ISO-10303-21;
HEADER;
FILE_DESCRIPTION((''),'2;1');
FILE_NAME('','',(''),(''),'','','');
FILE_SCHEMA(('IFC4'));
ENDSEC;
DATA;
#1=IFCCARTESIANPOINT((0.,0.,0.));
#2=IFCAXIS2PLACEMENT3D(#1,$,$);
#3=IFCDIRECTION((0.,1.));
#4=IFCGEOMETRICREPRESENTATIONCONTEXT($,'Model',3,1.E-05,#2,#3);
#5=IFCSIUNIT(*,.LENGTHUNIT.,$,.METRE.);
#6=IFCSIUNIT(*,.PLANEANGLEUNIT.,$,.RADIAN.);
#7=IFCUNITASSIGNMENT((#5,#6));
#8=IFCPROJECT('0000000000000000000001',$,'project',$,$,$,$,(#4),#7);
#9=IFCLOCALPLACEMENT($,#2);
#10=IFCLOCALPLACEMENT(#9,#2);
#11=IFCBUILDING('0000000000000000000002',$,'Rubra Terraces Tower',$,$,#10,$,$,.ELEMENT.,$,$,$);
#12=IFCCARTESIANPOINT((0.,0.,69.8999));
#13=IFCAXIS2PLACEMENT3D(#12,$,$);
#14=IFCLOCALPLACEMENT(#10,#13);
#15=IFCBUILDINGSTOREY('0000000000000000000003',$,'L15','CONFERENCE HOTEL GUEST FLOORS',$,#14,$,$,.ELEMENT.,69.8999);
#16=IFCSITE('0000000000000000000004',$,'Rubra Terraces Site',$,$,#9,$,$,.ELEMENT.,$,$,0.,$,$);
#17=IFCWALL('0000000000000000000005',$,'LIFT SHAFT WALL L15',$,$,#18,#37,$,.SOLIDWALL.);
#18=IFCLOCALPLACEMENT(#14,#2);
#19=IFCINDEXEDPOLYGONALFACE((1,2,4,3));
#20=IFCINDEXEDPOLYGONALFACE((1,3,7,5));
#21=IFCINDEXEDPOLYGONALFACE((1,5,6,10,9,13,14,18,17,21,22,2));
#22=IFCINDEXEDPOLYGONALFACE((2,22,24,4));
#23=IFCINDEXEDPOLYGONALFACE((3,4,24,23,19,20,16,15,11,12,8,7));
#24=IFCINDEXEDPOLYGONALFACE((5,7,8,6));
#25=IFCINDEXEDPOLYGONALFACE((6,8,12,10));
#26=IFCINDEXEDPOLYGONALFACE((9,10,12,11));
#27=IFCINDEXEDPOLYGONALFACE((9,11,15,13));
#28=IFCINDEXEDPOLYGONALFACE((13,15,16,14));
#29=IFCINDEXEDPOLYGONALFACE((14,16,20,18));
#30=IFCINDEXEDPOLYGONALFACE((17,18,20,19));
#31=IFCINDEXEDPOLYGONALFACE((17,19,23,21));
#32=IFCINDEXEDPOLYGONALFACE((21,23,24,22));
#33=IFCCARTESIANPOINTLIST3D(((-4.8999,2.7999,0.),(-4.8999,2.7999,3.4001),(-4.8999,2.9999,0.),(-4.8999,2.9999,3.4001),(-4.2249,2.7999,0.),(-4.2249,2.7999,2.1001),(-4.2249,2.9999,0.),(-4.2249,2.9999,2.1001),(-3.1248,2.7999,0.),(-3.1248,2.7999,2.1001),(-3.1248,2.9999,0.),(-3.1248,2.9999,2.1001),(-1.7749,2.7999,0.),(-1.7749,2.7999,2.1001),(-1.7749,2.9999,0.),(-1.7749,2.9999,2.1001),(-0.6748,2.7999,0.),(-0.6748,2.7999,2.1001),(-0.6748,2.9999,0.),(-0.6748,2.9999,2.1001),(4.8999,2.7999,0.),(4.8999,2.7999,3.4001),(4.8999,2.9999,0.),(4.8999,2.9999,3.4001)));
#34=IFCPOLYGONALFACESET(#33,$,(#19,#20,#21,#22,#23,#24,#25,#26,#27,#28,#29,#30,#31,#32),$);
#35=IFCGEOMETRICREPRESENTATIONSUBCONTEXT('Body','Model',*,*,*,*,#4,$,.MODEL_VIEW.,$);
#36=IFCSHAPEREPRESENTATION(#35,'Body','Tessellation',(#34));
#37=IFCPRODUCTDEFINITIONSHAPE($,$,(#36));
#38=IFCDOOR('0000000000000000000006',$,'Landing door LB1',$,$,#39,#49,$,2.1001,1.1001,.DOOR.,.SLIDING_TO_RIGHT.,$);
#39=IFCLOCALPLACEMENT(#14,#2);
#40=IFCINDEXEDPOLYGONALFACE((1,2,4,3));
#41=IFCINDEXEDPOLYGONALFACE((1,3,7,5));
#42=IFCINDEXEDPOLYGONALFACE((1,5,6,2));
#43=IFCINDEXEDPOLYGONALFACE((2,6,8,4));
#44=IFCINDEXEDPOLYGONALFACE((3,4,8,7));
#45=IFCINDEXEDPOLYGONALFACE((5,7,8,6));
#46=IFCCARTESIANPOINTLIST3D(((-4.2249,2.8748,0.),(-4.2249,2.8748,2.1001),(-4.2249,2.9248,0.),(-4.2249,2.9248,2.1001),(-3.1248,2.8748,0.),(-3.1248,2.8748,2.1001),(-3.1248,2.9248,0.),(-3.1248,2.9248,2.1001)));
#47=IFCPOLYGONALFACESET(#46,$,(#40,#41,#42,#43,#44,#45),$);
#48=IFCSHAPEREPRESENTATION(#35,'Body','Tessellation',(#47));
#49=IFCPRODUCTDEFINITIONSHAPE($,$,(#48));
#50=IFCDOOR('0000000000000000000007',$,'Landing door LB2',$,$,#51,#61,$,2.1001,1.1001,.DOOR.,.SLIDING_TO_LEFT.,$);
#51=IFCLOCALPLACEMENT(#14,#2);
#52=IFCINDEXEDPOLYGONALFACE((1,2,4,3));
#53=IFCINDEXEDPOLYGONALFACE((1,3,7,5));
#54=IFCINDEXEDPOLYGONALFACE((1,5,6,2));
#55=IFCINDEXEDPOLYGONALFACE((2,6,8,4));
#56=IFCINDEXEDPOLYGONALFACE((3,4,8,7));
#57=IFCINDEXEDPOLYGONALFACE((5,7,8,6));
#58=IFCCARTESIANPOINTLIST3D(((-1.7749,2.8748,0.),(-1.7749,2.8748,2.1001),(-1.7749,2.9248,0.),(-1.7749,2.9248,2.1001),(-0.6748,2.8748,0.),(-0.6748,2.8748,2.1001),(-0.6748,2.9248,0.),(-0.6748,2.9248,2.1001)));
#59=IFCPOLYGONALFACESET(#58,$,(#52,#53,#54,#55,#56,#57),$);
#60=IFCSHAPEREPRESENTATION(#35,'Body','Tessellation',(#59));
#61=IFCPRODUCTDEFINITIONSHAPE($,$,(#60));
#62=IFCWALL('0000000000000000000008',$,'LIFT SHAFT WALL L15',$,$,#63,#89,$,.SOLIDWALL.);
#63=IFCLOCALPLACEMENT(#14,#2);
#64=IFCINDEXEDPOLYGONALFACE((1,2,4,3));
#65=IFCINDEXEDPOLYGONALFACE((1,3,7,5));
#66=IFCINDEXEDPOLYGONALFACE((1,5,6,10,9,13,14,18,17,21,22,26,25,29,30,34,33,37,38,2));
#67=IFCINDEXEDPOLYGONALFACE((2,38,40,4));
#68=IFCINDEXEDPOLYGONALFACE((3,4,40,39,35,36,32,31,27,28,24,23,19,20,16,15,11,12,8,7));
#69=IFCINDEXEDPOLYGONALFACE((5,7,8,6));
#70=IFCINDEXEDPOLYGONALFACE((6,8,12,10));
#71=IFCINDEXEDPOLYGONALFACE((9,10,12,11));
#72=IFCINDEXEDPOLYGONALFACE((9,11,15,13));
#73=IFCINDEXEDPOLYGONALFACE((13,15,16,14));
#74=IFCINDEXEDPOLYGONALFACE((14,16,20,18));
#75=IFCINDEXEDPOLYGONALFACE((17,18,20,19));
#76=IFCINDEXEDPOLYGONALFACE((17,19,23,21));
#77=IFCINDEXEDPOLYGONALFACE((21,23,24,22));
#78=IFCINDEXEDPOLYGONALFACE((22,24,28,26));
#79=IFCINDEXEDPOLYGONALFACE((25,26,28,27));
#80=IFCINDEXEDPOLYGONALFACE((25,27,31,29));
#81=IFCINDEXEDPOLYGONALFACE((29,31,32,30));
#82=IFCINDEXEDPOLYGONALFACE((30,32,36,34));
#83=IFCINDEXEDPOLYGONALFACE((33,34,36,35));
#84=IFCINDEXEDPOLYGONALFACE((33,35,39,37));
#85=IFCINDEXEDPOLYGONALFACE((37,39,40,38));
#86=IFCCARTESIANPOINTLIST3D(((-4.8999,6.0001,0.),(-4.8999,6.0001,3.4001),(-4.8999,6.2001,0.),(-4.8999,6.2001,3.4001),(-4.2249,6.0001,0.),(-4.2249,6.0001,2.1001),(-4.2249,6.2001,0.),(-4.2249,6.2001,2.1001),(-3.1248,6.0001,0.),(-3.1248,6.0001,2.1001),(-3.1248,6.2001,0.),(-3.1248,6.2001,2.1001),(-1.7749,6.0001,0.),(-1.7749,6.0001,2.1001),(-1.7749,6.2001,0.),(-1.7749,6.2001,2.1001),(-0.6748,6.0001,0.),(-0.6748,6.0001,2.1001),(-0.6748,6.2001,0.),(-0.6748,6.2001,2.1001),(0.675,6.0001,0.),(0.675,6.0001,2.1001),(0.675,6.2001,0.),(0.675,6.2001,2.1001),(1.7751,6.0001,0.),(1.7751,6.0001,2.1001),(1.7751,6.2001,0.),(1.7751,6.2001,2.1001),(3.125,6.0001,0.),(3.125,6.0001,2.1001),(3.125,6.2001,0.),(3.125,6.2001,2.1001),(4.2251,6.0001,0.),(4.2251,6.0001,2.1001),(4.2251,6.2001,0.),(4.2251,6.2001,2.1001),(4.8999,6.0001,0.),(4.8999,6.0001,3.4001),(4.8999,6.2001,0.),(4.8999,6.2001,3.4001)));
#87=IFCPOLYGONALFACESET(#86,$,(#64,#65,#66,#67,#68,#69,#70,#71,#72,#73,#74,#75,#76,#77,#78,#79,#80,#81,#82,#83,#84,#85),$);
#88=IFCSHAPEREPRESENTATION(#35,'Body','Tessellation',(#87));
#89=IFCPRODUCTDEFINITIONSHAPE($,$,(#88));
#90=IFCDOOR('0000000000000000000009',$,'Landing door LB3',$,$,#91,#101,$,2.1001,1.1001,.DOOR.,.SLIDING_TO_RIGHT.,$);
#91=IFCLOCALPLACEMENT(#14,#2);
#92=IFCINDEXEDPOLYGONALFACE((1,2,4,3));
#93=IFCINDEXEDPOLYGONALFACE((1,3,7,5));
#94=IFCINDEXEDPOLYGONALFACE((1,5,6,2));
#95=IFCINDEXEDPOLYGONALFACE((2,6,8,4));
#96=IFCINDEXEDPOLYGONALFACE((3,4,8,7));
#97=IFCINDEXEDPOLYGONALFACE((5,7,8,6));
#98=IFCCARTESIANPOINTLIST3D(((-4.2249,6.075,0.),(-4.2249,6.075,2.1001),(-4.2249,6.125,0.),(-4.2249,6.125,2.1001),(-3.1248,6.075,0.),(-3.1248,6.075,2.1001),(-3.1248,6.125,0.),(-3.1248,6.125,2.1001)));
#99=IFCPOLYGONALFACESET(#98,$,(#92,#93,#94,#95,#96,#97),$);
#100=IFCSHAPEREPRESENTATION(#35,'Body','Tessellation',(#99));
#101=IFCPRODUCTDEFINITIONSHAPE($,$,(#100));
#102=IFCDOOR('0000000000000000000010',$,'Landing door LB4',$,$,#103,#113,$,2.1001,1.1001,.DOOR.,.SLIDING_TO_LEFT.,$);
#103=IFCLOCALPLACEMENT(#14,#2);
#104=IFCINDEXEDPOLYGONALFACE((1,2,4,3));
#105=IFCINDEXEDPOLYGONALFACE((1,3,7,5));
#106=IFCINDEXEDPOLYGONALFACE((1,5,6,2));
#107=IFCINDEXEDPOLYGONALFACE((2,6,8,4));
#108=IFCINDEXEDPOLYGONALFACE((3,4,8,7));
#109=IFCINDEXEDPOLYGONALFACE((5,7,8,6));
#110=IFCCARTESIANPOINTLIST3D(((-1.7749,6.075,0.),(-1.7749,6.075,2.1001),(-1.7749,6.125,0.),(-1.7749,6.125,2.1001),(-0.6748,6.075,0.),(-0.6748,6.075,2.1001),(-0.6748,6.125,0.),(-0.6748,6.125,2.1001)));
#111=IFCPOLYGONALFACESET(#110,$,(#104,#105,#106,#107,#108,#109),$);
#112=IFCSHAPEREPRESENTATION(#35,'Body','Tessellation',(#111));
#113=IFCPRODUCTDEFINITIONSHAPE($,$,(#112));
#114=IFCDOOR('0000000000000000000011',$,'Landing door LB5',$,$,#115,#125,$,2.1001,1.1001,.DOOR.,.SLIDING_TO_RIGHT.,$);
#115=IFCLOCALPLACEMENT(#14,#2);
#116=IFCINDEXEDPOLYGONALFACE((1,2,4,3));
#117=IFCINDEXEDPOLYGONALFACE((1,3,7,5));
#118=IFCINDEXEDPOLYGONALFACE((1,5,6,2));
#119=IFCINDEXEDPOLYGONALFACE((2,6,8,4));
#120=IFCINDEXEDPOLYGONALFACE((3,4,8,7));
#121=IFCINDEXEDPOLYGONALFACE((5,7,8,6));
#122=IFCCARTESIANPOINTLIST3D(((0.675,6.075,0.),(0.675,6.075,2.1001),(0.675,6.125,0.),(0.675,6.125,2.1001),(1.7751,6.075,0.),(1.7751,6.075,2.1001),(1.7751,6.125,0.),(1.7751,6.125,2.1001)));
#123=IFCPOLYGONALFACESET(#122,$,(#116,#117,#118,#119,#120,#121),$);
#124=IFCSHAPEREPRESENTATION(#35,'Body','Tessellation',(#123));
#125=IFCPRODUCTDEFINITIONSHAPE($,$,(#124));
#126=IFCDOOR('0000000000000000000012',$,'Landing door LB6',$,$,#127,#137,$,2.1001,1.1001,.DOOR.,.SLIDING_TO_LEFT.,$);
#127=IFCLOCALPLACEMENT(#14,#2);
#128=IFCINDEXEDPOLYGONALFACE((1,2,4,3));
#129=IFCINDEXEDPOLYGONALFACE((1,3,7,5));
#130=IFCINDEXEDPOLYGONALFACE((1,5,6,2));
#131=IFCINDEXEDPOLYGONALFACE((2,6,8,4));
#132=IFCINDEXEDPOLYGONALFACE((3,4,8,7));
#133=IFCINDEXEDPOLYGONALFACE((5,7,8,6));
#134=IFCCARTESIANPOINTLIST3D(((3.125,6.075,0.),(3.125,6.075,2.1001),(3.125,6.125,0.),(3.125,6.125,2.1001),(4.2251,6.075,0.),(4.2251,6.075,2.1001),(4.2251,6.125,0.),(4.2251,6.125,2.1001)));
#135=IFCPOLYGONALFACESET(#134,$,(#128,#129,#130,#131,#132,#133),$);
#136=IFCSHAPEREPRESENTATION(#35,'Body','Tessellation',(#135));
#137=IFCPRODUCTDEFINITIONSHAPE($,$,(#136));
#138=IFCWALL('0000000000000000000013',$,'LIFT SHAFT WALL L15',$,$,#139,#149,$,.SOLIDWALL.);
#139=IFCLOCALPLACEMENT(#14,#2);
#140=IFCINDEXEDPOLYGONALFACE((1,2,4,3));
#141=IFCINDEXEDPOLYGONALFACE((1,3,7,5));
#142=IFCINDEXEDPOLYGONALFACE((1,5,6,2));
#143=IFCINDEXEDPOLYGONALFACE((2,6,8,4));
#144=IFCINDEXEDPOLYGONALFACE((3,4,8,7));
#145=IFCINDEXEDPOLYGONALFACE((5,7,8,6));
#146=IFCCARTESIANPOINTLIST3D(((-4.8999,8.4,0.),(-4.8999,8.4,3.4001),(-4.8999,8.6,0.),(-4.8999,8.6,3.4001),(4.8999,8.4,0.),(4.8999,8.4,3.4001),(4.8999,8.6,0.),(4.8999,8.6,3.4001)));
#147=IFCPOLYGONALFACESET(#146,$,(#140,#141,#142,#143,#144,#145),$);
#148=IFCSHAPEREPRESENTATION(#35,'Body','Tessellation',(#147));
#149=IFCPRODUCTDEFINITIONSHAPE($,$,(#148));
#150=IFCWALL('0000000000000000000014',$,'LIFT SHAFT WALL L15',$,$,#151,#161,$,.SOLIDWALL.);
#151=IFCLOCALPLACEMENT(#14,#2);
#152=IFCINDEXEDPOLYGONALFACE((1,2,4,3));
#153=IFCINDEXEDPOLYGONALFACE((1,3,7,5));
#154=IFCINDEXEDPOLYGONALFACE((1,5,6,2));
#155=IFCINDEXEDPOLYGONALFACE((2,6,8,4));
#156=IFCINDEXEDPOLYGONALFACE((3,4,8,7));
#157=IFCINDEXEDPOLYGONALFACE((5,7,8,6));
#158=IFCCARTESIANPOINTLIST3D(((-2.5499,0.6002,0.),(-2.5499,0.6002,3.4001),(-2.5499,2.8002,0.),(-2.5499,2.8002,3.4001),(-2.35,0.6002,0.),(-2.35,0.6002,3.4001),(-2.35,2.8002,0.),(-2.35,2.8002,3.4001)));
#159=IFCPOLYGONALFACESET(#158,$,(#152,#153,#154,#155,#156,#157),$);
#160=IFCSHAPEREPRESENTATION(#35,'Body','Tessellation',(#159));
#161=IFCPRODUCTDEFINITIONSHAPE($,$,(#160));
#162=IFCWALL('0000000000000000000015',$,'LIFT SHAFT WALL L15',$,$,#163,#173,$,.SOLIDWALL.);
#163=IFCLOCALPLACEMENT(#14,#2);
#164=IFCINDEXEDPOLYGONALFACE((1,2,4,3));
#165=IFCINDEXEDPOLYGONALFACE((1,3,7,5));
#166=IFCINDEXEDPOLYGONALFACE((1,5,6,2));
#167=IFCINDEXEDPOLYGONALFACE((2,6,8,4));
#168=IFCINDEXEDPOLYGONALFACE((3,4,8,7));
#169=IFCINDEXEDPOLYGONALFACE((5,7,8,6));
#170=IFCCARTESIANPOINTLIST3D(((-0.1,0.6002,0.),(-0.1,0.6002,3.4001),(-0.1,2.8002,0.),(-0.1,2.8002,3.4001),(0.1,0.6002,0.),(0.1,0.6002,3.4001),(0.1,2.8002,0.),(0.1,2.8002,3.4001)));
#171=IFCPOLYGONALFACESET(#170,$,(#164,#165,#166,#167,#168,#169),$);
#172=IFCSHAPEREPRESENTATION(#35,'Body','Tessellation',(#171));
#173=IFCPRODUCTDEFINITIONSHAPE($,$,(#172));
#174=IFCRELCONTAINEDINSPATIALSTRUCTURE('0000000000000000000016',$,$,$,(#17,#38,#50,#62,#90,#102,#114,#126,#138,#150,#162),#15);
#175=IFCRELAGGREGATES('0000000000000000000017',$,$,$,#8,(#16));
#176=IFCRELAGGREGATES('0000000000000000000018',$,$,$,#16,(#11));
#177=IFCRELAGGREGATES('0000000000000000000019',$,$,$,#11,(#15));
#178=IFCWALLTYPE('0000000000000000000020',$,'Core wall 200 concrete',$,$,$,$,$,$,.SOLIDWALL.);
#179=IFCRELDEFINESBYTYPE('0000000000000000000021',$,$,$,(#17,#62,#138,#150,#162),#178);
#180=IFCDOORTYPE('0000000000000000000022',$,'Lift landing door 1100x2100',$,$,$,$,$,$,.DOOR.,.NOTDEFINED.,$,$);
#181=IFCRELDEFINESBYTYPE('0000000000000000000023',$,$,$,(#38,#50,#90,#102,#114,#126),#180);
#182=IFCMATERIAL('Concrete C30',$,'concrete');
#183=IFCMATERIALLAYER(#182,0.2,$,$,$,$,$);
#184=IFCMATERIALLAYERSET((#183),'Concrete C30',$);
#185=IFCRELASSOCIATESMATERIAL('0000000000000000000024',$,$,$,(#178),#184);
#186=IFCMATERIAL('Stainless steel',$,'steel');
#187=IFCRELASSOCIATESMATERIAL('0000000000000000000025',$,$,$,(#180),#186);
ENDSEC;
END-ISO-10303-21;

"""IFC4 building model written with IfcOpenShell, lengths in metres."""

from ifc_helpers import new_model, si_unit, direction, frame, frame_2d, origin, place, context, subcontext, project, spatial, rectangle, extrude, material, layer, layer_set, type_object, element, fill, save


model = new_model("IFC4")

# Units and contexts
model_context = context("Model", 3, precision=1e-05, world=origin(), true_north=direction((0.0, 1.0)))
body_context = subcontext(model_context, "Body", "Model", "MODEL_VIEW")
ifc_project = project(units=[si_unit("LENGTHUNIT", "METRE"), si_unit("PLANEANGLEUNIT", "RADIAN")], contexts=[model_context])

# Site, building, storey
site_placement = place(None, origin())
site = spatial("IfcSite", under=ifc_project, at=site_placement, Name="Rubra Terraces Site", CompositionType="ELEMENT", RefElevation=0.0)
building_placement = place(site_placement, origin())
building = spatial("IfcBuilding", under=site, at=building_placement, Name="Rubra Terraces Tower", CompositionType="ELEMENT")
storey_placement = place(building_placement, frame((0.0, 0.0, 69.8999)))
storey = spatial("IfcBuildingStorey", under=building, at=storey_placement, Name="L15", Description="CONFERENCE HOTEL GUEST FLOORS", CompositionType="ELEMENT", Elevation=69.8999)

# Walls, openings, doors
ifc_material_1 = material(Name="Concrete C30", Category="concrete")
ifc_layer_1 = layer(ifc_material_1, 0.2)
ifc_layer_set_1 = layer_set([ifc_layer_1], Name="Concrete C30")
wall_type_1 = type_object("IfcWallType", Name="Core wall 200 concrete", PredefinedType="SOLIDWALL", material=ifc_layer_set_1)
wall_1_placement = place(storey_placement, frame((-4.8999, 2.8999, 0.0), z_axis=(0.0, 0.0, 1.0), x_axis=(1.0, 0.0, 0.0)))
wall_1 = element("IfcWall", 1, at=wall_1_placement, inside=storey, type_object=wall_type_1, Name="LIFT SHAFT WALL L15", PredefinedType="SOLIDWALL", context=body_context, shape_type="SweptSolid", body=[
    extrude(rectangle(XDim=9.7998, YDim=0.2, at=frame_2d((4.8999, 0.0))), origin(), (0.0, 0.0, 1.0), 3.4001),
])
opening_1_placement = place(wall_1_placement, frame((0.675, 0.0, 0.0)))
opening_1 = element("IfcOpeningElement", 2, at=opening_1_placement, cuts=wall_1, PredefinedType="OPENING", context=body_context, shape_type="SweptSolid", body=[
    extrude(rectangle(XDim=1.1001, YDim=2.1001, at=frame_2d((0.55, 1.05))), frame((0.0, 0.1099, 0.0), z_axis=(0.0, -1.0, 0.0), x_axis=(1.0, 0.0, 0.0)), (0.0, 0.0, 1.0), 0.22),
])
opening_2_placement = place(wall_1_placement, frame((3.125, 0.0, 0.0)))
opening_2 = element("IfcOpeningElement", 3, at=opening_2_placement, cuts=wall_1, PredefinedType="OPENING", context=body_context, shape_type="SweptSolid", body=[
    extrude(rectangle(XDim=1.1001, YDim=2.1001, at=frame_2d((0.55, 1.05))), frame((0.0, 0.1099, 0.0), z_axis=(0.0, -1.0, 0.0), x_axis=(1.0, 0.0, 0.0)), (0.0, 0.0, 1.0), 0.22),
])
ifc_material_2 = material(Name="Stainless steel", Category="steel")
door_type = type_object("IfcDoorType", Name="Lift landing door 1100x2100", OperationType="NOTDEFINED", PredefinedType="DOOR", material=ifc_material_2)
door_1_placement = place(opening_1_placement, origin())
door_1 = element("IfcDoor", 4, at=door_1_placement, inside=storey, type_object=door_type, Name="Landing door LB1", OperationType="SLIDING_TO_RIGHT", OverallHeight=2.1001, OverallWidth=1.1001, PredefinedType="DOOR", context=body_context, shape_type="SweptSolid", body=[
    extrude(rectangle(XDim=1.1001, YDim=2.1001, at=frame_2d((0.55, 1.05))), frame((0.0, 0.0249, 0.0), z_axis=(0.0, -1.0, 0.0), x_axis=(1.0, 0.0, 0.0)), (0.0, 0.0, 1.0), 0.05),
])
fill(opening_1, door_1)
door_2_placement = place(opening_2_placement, origin())
door_2 = element("IfcDoor", 5, at=door_2_placement, inside=storey, type_object=door_type, Name="Landing door LB2", OperationType="SLIDING_TO_LEFT", OverallHeight=2.1001, OverallWidth=1.1001, PredefinedType="DOOR", context=body_context, shape_type="SweptSolid", body=[
    extrude(rectangle(XDim=1.1001, YDim=2.1001, at=frame_2d((0.55, 1.05))), frame((0.0, 0.0249, 0.0), z_axis=(0.0, -1.0, 0.0), x_axis=(1.0, 0.0, 0.0)), (0.0, 0.0, 1.0), 0.05),
])
fill(opening_2, door_2)
wall_2_placement = place(storey_placement, frame((-4.8999, 6.1001, 0.0), z_axis=(0.0, 0.0, 1.0), x_axis=(1.0, 0.0, 0.0)))
wall_2 = element("IfcWall", 6, at=wall_2_placement, inside=storey, type_object=wall_type_1, Name="LIFT SHAFT WALL L15", PredefinedType="SOLIDWALL", context=body_context, shape_type="SweptSolid", body=[
    extrude(rectangle(XDim=9.7998, YDim=0.2, at=frame_2d((4.8999, 0.0))), origin(), (0.0, 0.0, 1.0), 3.4001),
])
opening_3_placement = place(wall_2_placement, frame((0.675, 0.0, 0.0)))
opening_3 = element("IfcOpeningElement", 7, at=opening_3_placement, cuts=wall_2, PredefinedType="OPENING", context=body_context, shape_type="SweptSolid", body=[
    extrude(rectangle(XDim=1.1001, YDim=2.1001, at=frame_2d((0.55, 1.05))), frame((0.0, 0.1099, 0.0), z_axis=(0.0, -1.0, 0.0), x_axis=(1.0, 0.0, 0.0)), (0.0, 0.0, 1.0), 0.22),
])
opening_4_placement = place(wall_2_placement, frame((3.125, 0.0, 0.0)))
opening_4 = element("IfcOpeningElement", 8, at=opening_4_placement, cuts=wall_2, PredefinedType="OPENING", context=body_context, shape_type="SweptSolid", body=[
    extrude(rectangle(XDim=1.1001, YDim=2.1001, at=frame_2d((0.55, 1.05))), frame((0.0, 0.1099, 0.0), z_axis=(0.0, -1.0, 0.0), x_axis=(1.0, 0.0, 0.0)), (0.0, 0.0, 1.0), 0.22),
])
opening_5_placement = place(wall_2_placement, frame((5.575, 0.0, 0.0)))
opening_5 = element("IfcOpeningElement", 9, at=opening_5_placement, cuts=wall_2, PredefinedType="OPENING", context=body_context, shape_type="SweptSolid", body=[
    extrude(rectangle(XDim=1.1001, YDim=2.1001, at=frame_2d((0.55, 1.05))), frame((0.0, 0.1099, 0.0), z_axis=(0.0, -1.0, 0.0), x_axis=(1.0, 0.0, 0.0)), (0.0, 0.0, 1.0), 0.22),
])
opening_6_placement = place(wall_2_placement, frame((8.0249, 0.0, 0.0)))
opening_6 = element("IfcOpeningElement", 10, at=opening_6_placement, cuts=wall_2, PredefinedType="OPENING", context=body_context, shape_type="SweptSolid", body=[
    extrude(rectangle(XDim=1.1001, YDim=2.1001, at=frame_2d((0.55, 1.05))), frame((0.0, 0.1099, 0.0), z_axis=(0.0, -1.0, 0.0), x_axis=(1.0, 0.0, 0.0)), (0.0, 0.0, 1.0), 0.22),
])
door_3_placement = place(opening_3_placement, origin())
door_3 = element("IfcDoor", 11, at=door_3_placement, inside=storey, type_object=door_type, Name="Landing door LB3", OperationType="SLIDING_TO_RIGHT", OverallHeight=2.1001, OverallWidth=1.1001, PredefinedType="DOOR", context=body_context, shape_type="SweptSolid", body=[
    extrude(rectangle(XDim=1.1001, YDim=2.1001, at=frame_2d((0.55, 1.05))), frame((0.0, 0.0249, 0.0), z_axis=(0.0, -1.0, 0.0), x_axis=(1.0, 0.0, 0.0)), (0.0, 0.0, 1.0), 0.05),
])
fill(opening_3, door_3)
door_4_placement = place(opening_4_placement, origin())
door_4 = element("IfcDoor", 12, at=door_4_placement, inside=storey, type_object=door_type, Name="Landing door LB4", OperationType="SLIDING_TO_LEFT", OverallHeight=2.1001, OverallWidth=1.1001, PredefinedType="DOOR", context=body_context, shape_type="SweptSolid", body=[
    extrude(rectangle(XDim=1.1001, YDim=2.1001, at=frame_2d((0.55, 1.05))), frame((0.0, 0.0249, 0.0), z_axis=(0.0, -1.0, 0.0), x_axis=(1.0, 0.0, 0.0)), (0.0, 0.0, 1.0), 0.05),
])
fill(opening_4, door_4)
door_5_placement = place(opening_5_placement, origin())
door_5 = element("IfcDoor", 13, at=door_5_placement, inside=storey, type_object=door_type, Name="Landing door LB5", OperationType="SLIDING_TO_RIGHT", OverallHeight=2.1001, OverallWidth=1.1001, PredefinedType="DOOR", context=body_context, shape_type="SweptSolid", body=[
    extrude(rectangle(XDim=1.1001, YDim=2.1001, at=frame_2d((0.55, 1.05))), frame((0.0, 0.0249, 0.0), z_axis=(0.0, -1.0, 0.0), x_axis=(1.0, 0.0, 0.0)), (0.0, 0.0, 1.0), 0.05),
])
fill(opening_5, door_5)
door_6_placement = place(opening_6_placement, origin())
door_6 = element("IfcDoor", 14, at=door_6_placement, inside=storey, type_object=door_type, Name="Landing door LB6", OperationType="SLIDING_TO_LEFT", OverallHeight=2.1001, OverallWidth=1.1001, PredefinedType="DOOR", context=body_context, shape_type="SweptSolid", body=[
    extrude(rectangle(XDim=1.1001, YDim=2.1001, at=frame_2d((0.55, 1.05))), frame((0.0, 0.0249, 0.0), z_axis=(0.0, -1.0, 0.0), x_axis=(1.0, 0.0, 0.0)), (0.0, 0.0, 1.0), 0.05),
])
fill(opening_6, door_6)

# Walls
wall_3_placement = place(storey_placement, frame((-4.8999, 8.5, 0.0), z_axis=(0.0, 0.0, 1.0), x_axis=(1.0, 0.0, 0.0)))
element("IfcWall", 15, at=wall_3_placement, inside=storey, type_object=wall_type_1, Name="LIFT SHAFT WALL L15", PredefinedType="SOLIDWALL", context=body_context, shape_type="SweptSolid", body=[
    extrude(rectangle(XDim=9.7998, YDim=0.2, at=frame_2d((4.8999, 0.0))), origin(), (0.0, 0.0, 1.0), 3.4001),
])
for number, where, z_axis, x_axis, name in (
    (16, (-2.45, 0.6001, 0.0), (0.0, 0.0, 1.0), (0.0, 1.0, 0.0), "LIFT SHAFT WALL L15"),
    (17, (0.0, 0.6001, 0.0), (0.0, 0.0, 1.0), (0.0, 1.0, 0.0), "LIFT SHAFT WALL L15"),
):
    element("IfcWall", number, at=place(storey_placement, frame(where, z_axis=z_axis, x_axis=x_axis)), inside=storey, type_object=wall_type_1, Name=name, PredefinedType="SOLIDWALL", context=body_context, shape_type="SweptSolid", body=[
        extrude(rectangle(XDim=2.2, YDim=0.2, at=frame_2d((1.1001, 0.0))), origin(), (0.0, 0.0, 1.0), 3.4001),
    ])

save(model, "model.ifc")
